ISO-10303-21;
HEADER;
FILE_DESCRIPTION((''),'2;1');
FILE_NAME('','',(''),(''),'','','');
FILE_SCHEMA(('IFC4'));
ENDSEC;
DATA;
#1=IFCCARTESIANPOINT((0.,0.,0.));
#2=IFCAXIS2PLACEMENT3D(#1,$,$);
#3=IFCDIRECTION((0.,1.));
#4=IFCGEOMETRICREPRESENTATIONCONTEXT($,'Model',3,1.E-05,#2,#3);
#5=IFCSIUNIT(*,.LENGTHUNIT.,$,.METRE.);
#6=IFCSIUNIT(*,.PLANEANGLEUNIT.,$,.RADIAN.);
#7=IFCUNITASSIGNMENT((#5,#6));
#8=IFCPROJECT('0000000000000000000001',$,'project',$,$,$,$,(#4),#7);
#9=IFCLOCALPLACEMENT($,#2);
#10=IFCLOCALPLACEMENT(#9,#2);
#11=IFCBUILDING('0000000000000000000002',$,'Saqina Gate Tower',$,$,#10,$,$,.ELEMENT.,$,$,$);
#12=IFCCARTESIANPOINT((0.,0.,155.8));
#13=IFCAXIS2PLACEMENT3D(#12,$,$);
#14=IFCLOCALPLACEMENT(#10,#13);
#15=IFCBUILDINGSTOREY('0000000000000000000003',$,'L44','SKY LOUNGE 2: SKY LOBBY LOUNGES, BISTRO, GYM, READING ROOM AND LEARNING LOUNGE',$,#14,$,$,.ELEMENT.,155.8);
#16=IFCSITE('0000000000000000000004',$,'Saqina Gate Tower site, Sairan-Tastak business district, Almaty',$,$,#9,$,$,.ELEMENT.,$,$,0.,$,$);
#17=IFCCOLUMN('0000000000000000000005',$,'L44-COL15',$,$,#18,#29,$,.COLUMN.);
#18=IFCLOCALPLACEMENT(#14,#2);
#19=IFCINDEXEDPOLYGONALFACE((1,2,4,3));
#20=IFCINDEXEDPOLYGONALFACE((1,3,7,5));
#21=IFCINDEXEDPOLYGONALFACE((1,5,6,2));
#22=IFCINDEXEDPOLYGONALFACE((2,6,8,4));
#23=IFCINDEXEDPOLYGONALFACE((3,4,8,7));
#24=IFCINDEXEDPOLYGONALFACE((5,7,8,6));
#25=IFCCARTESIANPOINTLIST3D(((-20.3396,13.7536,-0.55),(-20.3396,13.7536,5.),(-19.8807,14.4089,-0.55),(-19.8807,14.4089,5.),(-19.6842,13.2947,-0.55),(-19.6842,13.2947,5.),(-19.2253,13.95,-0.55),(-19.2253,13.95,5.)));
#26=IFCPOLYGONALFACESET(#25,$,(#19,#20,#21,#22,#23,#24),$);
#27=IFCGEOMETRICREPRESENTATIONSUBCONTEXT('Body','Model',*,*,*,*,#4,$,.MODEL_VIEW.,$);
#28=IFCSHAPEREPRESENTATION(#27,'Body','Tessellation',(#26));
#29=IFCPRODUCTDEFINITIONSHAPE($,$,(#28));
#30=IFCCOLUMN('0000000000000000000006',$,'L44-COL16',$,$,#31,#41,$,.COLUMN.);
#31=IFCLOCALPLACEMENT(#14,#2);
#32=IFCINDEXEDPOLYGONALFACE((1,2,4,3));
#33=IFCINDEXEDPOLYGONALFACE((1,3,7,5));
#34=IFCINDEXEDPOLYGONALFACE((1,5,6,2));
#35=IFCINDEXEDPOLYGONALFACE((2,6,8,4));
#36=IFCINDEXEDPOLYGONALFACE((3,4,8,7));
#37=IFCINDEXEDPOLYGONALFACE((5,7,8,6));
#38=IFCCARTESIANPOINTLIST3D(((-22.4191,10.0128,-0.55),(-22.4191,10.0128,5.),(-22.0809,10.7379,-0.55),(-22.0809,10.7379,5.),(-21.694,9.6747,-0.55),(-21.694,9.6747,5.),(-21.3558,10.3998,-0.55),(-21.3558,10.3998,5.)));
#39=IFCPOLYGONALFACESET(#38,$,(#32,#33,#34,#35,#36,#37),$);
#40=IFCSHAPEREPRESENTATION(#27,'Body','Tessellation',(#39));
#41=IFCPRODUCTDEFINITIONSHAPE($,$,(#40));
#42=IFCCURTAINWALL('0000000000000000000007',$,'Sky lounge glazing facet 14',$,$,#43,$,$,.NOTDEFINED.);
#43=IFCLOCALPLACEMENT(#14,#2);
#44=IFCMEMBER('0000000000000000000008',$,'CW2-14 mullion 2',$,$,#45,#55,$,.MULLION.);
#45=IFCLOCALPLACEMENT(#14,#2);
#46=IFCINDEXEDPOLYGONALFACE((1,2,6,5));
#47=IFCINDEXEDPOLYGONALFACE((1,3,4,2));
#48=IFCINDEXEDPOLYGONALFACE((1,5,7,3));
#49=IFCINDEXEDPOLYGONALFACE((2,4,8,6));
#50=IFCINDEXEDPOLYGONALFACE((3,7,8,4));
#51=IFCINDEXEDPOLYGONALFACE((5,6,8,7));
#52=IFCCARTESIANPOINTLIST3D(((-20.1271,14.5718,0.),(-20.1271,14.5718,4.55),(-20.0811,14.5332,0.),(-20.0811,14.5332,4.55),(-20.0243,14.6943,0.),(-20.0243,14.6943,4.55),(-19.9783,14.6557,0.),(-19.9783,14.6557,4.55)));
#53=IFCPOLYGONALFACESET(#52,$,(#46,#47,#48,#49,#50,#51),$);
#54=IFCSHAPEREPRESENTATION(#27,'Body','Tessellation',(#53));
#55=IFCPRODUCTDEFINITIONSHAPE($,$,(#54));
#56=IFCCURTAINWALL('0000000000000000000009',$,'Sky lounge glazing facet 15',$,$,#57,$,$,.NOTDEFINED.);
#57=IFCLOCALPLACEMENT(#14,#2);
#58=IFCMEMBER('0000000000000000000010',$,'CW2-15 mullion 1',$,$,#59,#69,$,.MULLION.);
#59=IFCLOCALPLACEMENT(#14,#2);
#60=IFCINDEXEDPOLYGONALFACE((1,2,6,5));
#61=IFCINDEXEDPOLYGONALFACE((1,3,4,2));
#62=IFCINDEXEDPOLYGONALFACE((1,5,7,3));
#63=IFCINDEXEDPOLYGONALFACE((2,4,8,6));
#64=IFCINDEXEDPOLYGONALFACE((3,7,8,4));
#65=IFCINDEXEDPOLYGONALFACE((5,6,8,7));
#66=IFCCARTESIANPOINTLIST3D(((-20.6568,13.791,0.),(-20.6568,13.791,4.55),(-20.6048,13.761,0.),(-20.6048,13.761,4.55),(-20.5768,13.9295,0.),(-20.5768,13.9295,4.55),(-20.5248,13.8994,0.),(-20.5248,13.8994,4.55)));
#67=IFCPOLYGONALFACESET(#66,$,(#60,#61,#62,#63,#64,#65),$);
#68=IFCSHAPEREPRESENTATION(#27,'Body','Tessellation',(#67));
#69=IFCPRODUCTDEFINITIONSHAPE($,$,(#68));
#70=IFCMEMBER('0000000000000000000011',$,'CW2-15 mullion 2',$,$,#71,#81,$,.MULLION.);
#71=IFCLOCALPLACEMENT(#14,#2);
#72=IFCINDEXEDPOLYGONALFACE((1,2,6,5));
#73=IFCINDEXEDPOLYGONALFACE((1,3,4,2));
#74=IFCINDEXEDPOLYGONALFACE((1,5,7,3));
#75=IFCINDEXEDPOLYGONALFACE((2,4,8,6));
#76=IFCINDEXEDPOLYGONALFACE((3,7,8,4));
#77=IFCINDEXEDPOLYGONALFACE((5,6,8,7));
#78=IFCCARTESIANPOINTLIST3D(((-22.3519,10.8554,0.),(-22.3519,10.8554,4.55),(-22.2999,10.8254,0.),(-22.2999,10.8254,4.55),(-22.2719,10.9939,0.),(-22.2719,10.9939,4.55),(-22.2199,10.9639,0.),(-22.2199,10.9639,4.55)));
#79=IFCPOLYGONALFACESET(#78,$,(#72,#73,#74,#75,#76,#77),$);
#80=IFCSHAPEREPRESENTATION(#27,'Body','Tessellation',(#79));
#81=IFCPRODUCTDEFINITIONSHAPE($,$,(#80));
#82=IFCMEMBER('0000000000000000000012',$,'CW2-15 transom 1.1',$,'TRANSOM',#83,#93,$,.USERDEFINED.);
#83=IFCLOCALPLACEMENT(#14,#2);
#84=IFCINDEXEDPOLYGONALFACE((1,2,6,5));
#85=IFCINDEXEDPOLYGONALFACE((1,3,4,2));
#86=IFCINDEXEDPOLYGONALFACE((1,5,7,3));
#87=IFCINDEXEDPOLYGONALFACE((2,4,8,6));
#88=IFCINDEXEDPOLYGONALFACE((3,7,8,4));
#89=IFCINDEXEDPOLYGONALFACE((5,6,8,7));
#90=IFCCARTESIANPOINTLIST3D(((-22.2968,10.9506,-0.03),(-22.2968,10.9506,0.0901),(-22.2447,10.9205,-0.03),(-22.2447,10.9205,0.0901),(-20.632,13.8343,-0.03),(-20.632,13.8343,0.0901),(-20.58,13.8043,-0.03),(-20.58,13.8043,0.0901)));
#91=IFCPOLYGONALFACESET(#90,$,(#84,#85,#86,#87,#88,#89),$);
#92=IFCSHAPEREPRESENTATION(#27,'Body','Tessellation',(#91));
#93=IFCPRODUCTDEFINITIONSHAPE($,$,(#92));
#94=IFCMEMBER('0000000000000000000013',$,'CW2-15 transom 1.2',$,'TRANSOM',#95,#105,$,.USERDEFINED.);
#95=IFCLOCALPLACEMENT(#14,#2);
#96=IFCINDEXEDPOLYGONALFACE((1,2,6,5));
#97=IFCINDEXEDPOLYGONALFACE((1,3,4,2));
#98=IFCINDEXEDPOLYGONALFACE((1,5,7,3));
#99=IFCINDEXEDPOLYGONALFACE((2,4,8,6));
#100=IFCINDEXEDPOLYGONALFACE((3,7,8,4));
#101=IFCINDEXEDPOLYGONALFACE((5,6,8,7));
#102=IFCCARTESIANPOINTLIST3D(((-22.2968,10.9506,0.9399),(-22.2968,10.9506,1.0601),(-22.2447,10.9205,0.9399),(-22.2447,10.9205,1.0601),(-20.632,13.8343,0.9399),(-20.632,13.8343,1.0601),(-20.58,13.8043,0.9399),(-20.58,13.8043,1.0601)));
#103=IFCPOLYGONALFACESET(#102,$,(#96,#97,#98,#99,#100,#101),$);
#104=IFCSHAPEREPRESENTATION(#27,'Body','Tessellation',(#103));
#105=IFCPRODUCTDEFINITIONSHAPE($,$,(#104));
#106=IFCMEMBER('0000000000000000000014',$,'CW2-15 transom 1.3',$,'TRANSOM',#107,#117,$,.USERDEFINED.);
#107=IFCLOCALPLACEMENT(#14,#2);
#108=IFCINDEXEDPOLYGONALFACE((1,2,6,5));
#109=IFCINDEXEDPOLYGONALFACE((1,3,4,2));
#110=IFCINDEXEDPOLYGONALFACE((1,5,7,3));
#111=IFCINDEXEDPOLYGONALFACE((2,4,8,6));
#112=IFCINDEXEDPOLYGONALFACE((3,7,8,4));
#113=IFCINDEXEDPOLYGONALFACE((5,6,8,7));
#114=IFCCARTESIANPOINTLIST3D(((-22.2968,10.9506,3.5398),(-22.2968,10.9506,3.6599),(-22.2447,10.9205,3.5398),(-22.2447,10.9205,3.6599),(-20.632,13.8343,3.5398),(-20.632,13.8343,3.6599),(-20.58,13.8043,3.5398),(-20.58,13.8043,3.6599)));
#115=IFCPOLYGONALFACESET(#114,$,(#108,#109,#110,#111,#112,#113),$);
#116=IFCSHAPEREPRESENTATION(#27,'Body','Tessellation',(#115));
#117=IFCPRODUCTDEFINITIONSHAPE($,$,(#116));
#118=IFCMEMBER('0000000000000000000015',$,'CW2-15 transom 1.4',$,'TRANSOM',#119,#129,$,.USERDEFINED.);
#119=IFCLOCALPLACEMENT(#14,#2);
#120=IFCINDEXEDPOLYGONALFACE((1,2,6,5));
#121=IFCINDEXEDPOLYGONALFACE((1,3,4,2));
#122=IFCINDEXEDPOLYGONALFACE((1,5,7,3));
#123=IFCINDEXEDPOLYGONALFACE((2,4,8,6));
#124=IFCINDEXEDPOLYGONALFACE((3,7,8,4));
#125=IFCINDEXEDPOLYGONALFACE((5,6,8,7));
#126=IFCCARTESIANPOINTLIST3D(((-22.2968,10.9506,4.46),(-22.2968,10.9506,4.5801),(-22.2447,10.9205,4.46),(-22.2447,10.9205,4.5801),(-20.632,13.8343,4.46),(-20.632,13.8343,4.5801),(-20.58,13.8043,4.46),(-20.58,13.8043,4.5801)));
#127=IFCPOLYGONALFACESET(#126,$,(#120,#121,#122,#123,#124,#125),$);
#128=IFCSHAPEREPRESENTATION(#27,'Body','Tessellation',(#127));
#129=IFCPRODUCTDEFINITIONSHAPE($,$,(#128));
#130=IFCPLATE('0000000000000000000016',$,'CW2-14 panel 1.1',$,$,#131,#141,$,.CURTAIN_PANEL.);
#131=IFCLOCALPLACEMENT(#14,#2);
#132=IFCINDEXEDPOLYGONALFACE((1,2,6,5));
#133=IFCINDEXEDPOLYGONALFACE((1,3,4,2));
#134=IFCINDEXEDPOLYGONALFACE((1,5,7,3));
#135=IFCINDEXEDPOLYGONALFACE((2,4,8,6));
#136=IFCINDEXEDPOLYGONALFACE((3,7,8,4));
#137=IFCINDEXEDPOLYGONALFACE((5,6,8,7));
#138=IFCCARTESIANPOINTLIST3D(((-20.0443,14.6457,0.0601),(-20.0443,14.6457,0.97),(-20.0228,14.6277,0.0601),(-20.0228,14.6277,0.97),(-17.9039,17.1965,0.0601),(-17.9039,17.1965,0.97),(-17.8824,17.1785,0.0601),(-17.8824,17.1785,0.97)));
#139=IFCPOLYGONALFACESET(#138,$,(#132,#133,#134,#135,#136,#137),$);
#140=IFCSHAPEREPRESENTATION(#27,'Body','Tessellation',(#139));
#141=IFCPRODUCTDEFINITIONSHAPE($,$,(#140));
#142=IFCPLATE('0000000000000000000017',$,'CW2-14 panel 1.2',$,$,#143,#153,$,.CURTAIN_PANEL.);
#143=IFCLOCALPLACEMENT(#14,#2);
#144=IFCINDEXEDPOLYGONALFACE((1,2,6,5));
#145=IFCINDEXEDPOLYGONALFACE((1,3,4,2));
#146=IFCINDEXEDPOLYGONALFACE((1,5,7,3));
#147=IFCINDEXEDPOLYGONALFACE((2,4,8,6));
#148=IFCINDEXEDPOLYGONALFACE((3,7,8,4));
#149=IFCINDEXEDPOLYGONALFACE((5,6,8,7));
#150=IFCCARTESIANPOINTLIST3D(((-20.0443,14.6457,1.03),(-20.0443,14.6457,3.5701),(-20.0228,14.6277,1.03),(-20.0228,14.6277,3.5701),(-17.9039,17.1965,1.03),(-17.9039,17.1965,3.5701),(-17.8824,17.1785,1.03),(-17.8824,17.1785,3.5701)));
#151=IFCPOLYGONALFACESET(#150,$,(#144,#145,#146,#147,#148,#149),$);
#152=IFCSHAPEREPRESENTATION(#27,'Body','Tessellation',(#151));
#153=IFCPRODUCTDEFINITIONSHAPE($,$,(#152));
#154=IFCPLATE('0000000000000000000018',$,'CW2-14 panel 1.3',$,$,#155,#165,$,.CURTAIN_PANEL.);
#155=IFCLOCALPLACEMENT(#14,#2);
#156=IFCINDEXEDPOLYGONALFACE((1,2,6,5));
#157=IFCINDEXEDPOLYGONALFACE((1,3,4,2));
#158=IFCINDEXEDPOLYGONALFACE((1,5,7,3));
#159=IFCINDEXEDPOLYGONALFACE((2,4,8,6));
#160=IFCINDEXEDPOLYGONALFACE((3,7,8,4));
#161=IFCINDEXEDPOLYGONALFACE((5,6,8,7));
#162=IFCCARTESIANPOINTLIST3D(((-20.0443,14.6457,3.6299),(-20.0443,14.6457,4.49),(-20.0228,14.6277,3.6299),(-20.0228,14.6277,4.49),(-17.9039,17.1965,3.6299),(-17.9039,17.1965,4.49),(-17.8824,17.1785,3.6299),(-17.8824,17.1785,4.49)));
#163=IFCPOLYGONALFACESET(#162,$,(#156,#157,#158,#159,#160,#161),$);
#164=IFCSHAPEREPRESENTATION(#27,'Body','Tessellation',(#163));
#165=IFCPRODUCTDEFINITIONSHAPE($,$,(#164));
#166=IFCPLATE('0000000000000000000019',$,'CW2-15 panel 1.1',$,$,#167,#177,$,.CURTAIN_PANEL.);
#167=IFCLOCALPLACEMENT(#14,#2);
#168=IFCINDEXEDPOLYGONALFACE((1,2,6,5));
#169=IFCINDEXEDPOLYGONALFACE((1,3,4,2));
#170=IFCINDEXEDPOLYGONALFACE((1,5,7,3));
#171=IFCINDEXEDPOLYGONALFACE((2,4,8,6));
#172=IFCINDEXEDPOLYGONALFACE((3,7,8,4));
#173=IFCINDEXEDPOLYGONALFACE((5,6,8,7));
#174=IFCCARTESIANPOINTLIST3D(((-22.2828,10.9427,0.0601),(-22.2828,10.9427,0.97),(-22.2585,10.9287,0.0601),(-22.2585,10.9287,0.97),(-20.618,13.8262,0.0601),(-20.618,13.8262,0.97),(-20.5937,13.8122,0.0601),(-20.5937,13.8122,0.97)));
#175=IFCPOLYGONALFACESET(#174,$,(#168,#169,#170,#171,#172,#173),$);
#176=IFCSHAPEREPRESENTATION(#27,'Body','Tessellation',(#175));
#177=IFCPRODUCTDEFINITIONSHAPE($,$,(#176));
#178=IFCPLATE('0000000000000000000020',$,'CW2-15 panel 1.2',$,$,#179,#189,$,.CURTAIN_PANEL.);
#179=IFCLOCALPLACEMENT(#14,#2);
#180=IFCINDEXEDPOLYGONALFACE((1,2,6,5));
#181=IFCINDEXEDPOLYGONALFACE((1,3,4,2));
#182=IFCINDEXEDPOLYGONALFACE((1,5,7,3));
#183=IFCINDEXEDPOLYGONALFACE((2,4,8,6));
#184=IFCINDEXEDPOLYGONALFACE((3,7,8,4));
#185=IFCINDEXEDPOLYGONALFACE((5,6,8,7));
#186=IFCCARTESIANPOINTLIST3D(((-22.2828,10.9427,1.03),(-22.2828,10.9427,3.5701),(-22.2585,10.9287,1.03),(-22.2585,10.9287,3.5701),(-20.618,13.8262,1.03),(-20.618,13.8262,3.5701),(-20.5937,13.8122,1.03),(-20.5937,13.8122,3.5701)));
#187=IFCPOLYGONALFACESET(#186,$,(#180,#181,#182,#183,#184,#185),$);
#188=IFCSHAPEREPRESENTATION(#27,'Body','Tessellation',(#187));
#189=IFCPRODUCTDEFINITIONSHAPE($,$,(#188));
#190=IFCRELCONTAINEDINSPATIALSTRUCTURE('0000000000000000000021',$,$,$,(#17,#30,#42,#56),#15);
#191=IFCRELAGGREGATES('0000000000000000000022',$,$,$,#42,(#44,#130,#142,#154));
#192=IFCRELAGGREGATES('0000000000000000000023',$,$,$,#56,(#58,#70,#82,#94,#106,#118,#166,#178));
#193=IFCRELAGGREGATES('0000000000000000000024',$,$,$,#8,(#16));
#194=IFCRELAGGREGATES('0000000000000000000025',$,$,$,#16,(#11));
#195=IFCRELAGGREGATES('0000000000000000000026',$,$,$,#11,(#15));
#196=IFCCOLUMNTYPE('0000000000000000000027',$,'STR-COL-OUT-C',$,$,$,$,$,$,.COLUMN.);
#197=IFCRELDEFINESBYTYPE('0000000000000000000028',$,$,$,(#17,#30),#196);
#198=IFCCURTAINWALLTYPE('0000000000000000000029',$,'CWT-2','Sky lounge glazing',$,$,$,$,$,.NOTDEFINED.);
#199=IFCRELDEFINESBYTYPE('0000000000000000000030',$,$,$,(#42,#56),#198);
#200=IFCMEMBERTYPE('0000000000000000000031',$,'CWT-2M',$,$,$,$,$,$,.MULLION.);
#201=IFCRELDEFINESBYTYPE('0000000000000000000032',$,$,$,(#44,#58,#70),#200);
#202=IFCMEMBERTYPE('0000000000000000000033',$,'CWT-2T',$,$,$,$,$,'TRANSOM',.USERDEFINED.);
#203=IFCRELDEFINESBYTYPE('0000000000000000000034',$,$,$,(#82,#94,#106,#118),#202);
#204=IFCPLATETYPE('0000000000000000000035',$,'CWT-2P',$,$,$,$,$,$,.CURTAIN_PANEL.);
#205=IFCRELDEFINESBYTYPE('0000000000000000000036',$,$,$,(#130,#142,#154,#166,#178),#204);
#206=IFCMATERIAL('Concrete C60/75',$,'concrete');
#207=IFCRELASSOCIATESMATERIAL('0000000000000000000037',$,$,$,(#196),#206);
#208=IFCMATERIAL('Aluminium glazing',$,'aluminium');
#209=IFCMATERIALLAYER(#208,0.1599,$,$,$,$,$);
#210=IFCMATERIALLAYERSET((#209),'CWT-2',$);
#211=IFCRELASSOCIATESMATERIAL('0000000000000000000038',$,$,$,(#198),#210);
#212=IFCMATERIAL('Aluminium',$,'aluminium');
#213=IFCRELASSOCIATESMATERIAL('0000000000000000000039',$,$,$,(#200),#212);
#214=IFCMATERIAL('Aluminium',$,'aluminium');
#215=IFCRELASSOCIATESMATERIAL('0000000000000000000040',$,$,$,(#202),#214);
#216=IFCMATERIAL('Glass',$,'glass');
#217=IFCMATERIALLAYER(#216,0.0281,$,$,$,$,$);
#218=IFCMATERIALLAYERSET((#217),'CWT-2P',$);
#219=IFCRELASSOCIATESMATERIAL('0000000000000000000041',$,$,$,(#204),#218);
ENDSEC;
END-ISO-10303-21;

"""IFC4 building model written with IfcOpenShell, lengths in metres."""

from ifc_helpers import new_model, si_unit, direction, frame, origin, origin_2d, place, context, subcontext, project, spatial, rectangle, extrude, material, layer, layer_set, material_profile, profile_set, type_object, element, aggregate, save


model = new_model("IFC4")

# Units and contexts
model_context = context("Model", 3, precision=1e-05, world=origin(), true_north=direction((0.0, 1.0)))
body_context = subcontext(model_context, "Body", "Model", "MODEL_VIEW")
ifc_project = project(units=[si_unit("LENGTHUNIT", "METRE"), si_unit("PLANEANGLEUNIT", "RADIAN")], contexts=[model_context])

# Site, building, storey
site_placement = place(None, origin())
site = spatial("IfcSite", under=ifc_project, at=site_placement, Name="Saqina Gate Tower site, Sairan-Tastak business district, Almaty", CompositionType="ELEMENT", RefElevation=0.0)
building_placement = place(site_placement, origin())
building = spatial("IfcBuilding", under=site, at=building_placement, Name="Saqina Gate Tower", CompositionType="ELEMENT")
storey_placement = place(building_placement, frame((0.0, 0.0, 155.8)))
storey = spatial("IfcBuildingStorey", under=building, at=storey_placement, Name="L44", Description="SKY LOUNGE 2: SKY LOBBY LOUNGES, BISTRO, GYM, READING ROOM AND LEARNING LOUNGE", CompositionType="ELEMENT", Elevation=155.8)

# Columns
ifc_material_1 = material(Name="Concrete C60/75", Category="concrete")
ifc_material_profile_1 = material_profile(ifc_material_1, rectangle(XDim=0.8, YDim=0.8, at=origin_2d()), Name="RC 800x800")
ifc_profile_set_1 = profile_set([ifc_material_profile_1], Name="Concrete C60/75")
column_type = type_object("IfcColumnType", Name="STR-COL-OUT-C", PredefinedType="COLUMN", material=ifc_profile_set_1)
for number, where, z_axis, x_axis, name in (
    (1, (-19.7825, 13.8518, -0.55), (0.0, 0.0, 1.0), (-0.819152, 0.573576, 0.0), "L44-COL15"),
    (2, (-21.8875, 10.2063, -0.55), (0.0, 0.0, 1.0), (-0.906308, 0.422618, 0.0), "L44-COL16"),
):
    element("IfcColumn", number, at=place(storey_placement, frame(where, z_axis=z_axis, x_axis=x_axis)), inside=storey, type_object=column_type, Name=name, PredefinedType="COLUMN", context=body_context, shape_type="SweptSolid", body=[
        extrude(rectangle(XDim=0.8, YDim=0.8, at=origin_2d()), origin(), (0.0, 0.0, 1.0), 5.55),
    ])

# Curtain wall, member
ifc_material_2 = material(Name="Aluminium glazing", Category="aluminium")
ifc_layer_1 = layer(ifc_material_2, 0.1599)
ifc_layer_set_1 = layer_set([ifc_layer_1], Name="CWT-2")
curtain_wall_type = type_object("IfcCurtainWallType", Name="CWT-2", Description="Sky lounge glazing", PredefinedType="NOTDEFINED", material=ifc_layer_set_1)
curtain_wall_1_placement = place(storey_placement, origin())
curtain_wall_1 = element("IfcCurtainWall", 3, at=curtain_wall_1_placement, inside=storey, type_object=curtain_wall_type, Name="Sky lounge glazing facet 14", PredefinedType="NOTDEFINED")
ifc_material_3 = material(Name="Aluminium", Category="aluminium")
ifc_material_profile_2 = material_profile(ifc_material_3, rectangle(XDim=0.0601, YDim=0.1599, at=origin_2d()), Name="Aluminium 60x160")
ifc_profile_set_2 = profile_set([ifc_material_profile_2], Name="Aluminium")
member_type_1 = type_object("IfcMemberType", Name="CWT-2M", PredefinedType="MULLION", material=ifc_profile_set_2)
member_1_placement = place(storey_placement, frame((-20.0527, 14.6138, 0.0), z_axis=(0.0, 0.0, 1.0), x_axis=(0.766043, -0.64279, 0.0)))
member_1 = element("IfcMember", 4, at=member_1_placement, type_object=member_type_1, Name="CW2-14 mullion 2", PredefinedType="MULLION", context=body_context, shape_type="SweptSolid", body=[
    extrude(rectangle(XDim=0.0601, YDim=0.1599, at=origin_2d()), origin(), (0.0, 0.0, 1.0), 4.55),
])

# Curtain wall, members
curtain_wall_2_placement = place(storey_placement, origin())
curtain_wall_2 = element("IfcCurtainWall", 5, at=curtain_wall_2_placement, inside=storey, type_object=curtain_wall_type, Name="Sky lounge glazing facet 15", PredefinedType="NOTDEFINED")
member_2_placement = place(storey_placement, frame((-20.5908, 13.8452, 0.0), z_axis=(0.0, 0.0, 1.0), x_axis=(0.866017, -0.500014, 0.0)))
member_2 = element("IfcMember", 6, at=member_2_placement, type_object=member_type_1, Name="CW2-15 mullion 1", PredefinedType="MULLION", context=body_context, shape_type="SweptSolid", body=[
    extrude(rectangle(XDim=0.0601, YDim=0.1599, at=origin_2d()), origin(), (0.0, 0.0, 1.0), 4.55),
])
member_3_placement = place(storey_placement, frame((-22.2859, 10.9097, 0.0), z_axis=(0.0, 0.0, 1.0), x_axis=(0.866017, -0.500014, 0.0)))
member_3 = element("IfcMember", 7, at=member_3_placement, type_object=member_type_1, Name="CW2-15 mullion 2", PredefinedType="MULLION", context=body_context, shape_type="SweptSolid", body=[
    extrude(rectangle(XDim=0.0601, YDim=0.1599, at=origin_2d()), origin(), (0.0, 0.0, 1.0), 4.55),
])
ifc_material_4 = material(Name="Aluminium", Category="aluminium")
ifc_material_profile_3 = material_profile(ifc_material_4, rectangle(XDim=0.0601, YDim=0.1201, at=origin_2d()), Name="Aluminium 60x120")
ifc_profile_set_3 = profile_set([ifc_material_profile_3], Name="Aluminium")
member_type_2 = type_object("IfcMemberType", Name="CWT-2T", ElementType="TRANSOM", PredefinedType="USERDEFINED", material=ifc_profile_set_3)
member_4_placement = place(storey_placement, frame((-20.606, 13.8193, 0.03), z_axis=(-0.499964, -0.866046, 0.0), x_axis=(0.866046, -0.499964, 0.0)))
member_4 = element("IfcMember", 8, at=member_4_placement, type_object=member_type_2, Name="CW2-15 transom 1.1", ObjectType="TRANSOM", PredefinedType="USERDEFINED", context=body_context, shape_type="SweptSolid", body=[
    extrude(rectangle(XDim=0.0601, YDim=0.1201, at=origin_2d()), origin(), (0.0, 0.0, 1.0), 3.3298),
])
member_5_placement = place(storey_placement, frame((-20.606, 13.8193, 1.0), z_axis=(-0.499964, -0.866046, 0.0), x_axis=(0.866046, -0.499964, 0.0)))
member_5 = element("IfcMember", 9, at=member_5_placement, type_object=member_type_2, Name="CW2-15 transom 1.2", ObjectType="TRANSOM", PredefinedType="USERDEFINED", context=body_context, shape_type="SweptSolid", body=[
    extrude(rectangle(XDim=0.0601, YDim=0.1201, at=origin_2d()), origin(), (0.0, 0.0, 1.0), 3.3298),
])
member_6_placement = place(storey_placement, frame((-20.606, 13.8193, 3.5999), z_axis=(-0.499964, -0.866046, 0.0), x_axis=(0.866046, -0.499964, 0.0)))
member_6 = element("IfcMember", 10, at=member_6_placement, type_object=member_type_2, Name="CW2-15 transom 1.3", ObjectType="TRANSOM", PredefinedType="USERDEFINED", context=body_context, shape_type="SweptSolid", body=[
    extrude(rectangle(XDim=0.0601, YDim=0.1201, at=origin_2d()), origin(), (0.0, 0.0, 1.0), 3.3298),
])
member_7_placement = place(storey_placement, frame((-20.606, 13.8193, 4.52), z_axis=(-0.499964, -0.866046, 0.0), x_axis=(0.866046, -0.499964, 0.0)))
member_7 = element("IfcMember", 11, at=member_7_placement, type_object=member_type_2, Name="CW2-15 transom 1.4", ObjectType="TRANSOM", PredefinedType="USERDEFINED", context=body_context, shape_type="SweptSolid", body=[
    extrude(rectangle(XDim=0.0601, YDim=0.1201, at=origin_2d()), origin(), (0.0, 0.0, 1.0), 3.3298),
])

# Plates
ifc_material_5 = material(Name="Glass", Category="glass")
ifc_layer_2 = layer(ifc_material_5, 0.0281)
ifc_layer_set_2 = layer_set([ifc_layer_2], Name="CWT-2P")
plate_type = type_object("IfcPlateType", Name="CWT-2P", PredefinedType="CURTAIN_PANEL", material=ifc_layer_set_2)
plate_1_placement = place(storey_placement, frame((-18.9634, 15.9121, 0.0601), z_axis=(0.0, 0.0, 1.0), x_axis=(-0.64279, -0.766043, 0.0)))
plate_1 = element("IfcPlate", 12, at=plate_1_placement, type_object=plate_type, Name="CW2-14 panel 1.1", PredefinedType="CURTAIN_PANEL", context=body_context, shape_type="SweptSolid", body=[
    extrude(rectangle(XDim=3.3298, YDim=0.0281, at=origin_2d()), origin(), (0.0, 0.0, 1.0), 0.9099),
])
plate_2_placement = place(storey_placement, frame((-18.9634, 15.9121, 1.03), z_axis=(0.0, 0.0, 1.0), x_axis=(-0.64279, -0.766043, 0.0)))
plate_2 = element("IfcPlate", 13, at=plate_2_placement, type_object=plate_type, Name="CW2-14 panel 1.2", PredefinedType="CURTAIN_PANEL", context=body_context, shape_type="SweptSolid", body=[
    extrude(rectangle(XDim=3.3298, YDim=0.0281, at=origin_2d()), origin(), (0.0, 0.0, 1.0), 2.54),
])
plate_3_placement = place(storey_placement, frame((-18.9634, 15.9121, 3.6299), z_axis=(0.0, 0.0, 1.0), x_axis=(-0.64279, -0.766043, 0.0)))
plate_3 = element("IfcPlate", 14, at=plate_3_placement, type_object=plate_type, Name="CW2-14 panel 1.3", PredefinedType="CURTAIN_PANEL", context=body_context, shape_type="SweptSolid", body=[
    extrude(rectangle(XDim=3.3298, YDim=0.0281, at=origin_2d()), origin(), (0.0, 0.0, 1.0), 0.8601),
])
aggregate(curtain_wall_1, [member_1, plate_1, plate_2, plate_3])
plate_4_placement = place(storey_placement, frame((-21.4382, 12.3774, 0.0601), z_axis=(0.0, 0.0, 1.0), x_axis=(-0.500014, -0.866017, 0.0)))
plate_4 = element("IfcPlate", 15, at=plate_4_placement, type_object=plate_type, Name="CW2-15 panel 1.1", PredefinedType="CURTAIN_PANEL", context=body_context, shape_type="SweptSolid", body=[
    extrude(rectangle(XDim=3.3296, YDim=0.0281, at=origin_2d()), origin(), (0.0, 0.0, 1.0), 0.9099),
])
plate_5_placement = place(storey_placement, frame((-21.4382, 12.3774, 1.03), z_axis=(0.0, 0.0, 1.0), x_axis=(-0.500014, -0.866017, 0.0)))
plate_5 = element("IfcPlate", 16, at=plate_5_placement, type_object=plate_type, Name="CW2-15 panel 1.2", PredefinedType="CURTAIN_PANEL", context=body_context, shape_type="SweptSolid", body=[
    extrude(rectangle(XDim=3.3296, YDim=0.0281, at=origin_2d()), origin(), (0.0, 0.0, 1.0), 2.54),
])
aggregate(curtain_wall_2, [member_2, member_3, member_4, member_5, member_6, member_7, plate_4, plate_5])

save(model, "model.ifc")
